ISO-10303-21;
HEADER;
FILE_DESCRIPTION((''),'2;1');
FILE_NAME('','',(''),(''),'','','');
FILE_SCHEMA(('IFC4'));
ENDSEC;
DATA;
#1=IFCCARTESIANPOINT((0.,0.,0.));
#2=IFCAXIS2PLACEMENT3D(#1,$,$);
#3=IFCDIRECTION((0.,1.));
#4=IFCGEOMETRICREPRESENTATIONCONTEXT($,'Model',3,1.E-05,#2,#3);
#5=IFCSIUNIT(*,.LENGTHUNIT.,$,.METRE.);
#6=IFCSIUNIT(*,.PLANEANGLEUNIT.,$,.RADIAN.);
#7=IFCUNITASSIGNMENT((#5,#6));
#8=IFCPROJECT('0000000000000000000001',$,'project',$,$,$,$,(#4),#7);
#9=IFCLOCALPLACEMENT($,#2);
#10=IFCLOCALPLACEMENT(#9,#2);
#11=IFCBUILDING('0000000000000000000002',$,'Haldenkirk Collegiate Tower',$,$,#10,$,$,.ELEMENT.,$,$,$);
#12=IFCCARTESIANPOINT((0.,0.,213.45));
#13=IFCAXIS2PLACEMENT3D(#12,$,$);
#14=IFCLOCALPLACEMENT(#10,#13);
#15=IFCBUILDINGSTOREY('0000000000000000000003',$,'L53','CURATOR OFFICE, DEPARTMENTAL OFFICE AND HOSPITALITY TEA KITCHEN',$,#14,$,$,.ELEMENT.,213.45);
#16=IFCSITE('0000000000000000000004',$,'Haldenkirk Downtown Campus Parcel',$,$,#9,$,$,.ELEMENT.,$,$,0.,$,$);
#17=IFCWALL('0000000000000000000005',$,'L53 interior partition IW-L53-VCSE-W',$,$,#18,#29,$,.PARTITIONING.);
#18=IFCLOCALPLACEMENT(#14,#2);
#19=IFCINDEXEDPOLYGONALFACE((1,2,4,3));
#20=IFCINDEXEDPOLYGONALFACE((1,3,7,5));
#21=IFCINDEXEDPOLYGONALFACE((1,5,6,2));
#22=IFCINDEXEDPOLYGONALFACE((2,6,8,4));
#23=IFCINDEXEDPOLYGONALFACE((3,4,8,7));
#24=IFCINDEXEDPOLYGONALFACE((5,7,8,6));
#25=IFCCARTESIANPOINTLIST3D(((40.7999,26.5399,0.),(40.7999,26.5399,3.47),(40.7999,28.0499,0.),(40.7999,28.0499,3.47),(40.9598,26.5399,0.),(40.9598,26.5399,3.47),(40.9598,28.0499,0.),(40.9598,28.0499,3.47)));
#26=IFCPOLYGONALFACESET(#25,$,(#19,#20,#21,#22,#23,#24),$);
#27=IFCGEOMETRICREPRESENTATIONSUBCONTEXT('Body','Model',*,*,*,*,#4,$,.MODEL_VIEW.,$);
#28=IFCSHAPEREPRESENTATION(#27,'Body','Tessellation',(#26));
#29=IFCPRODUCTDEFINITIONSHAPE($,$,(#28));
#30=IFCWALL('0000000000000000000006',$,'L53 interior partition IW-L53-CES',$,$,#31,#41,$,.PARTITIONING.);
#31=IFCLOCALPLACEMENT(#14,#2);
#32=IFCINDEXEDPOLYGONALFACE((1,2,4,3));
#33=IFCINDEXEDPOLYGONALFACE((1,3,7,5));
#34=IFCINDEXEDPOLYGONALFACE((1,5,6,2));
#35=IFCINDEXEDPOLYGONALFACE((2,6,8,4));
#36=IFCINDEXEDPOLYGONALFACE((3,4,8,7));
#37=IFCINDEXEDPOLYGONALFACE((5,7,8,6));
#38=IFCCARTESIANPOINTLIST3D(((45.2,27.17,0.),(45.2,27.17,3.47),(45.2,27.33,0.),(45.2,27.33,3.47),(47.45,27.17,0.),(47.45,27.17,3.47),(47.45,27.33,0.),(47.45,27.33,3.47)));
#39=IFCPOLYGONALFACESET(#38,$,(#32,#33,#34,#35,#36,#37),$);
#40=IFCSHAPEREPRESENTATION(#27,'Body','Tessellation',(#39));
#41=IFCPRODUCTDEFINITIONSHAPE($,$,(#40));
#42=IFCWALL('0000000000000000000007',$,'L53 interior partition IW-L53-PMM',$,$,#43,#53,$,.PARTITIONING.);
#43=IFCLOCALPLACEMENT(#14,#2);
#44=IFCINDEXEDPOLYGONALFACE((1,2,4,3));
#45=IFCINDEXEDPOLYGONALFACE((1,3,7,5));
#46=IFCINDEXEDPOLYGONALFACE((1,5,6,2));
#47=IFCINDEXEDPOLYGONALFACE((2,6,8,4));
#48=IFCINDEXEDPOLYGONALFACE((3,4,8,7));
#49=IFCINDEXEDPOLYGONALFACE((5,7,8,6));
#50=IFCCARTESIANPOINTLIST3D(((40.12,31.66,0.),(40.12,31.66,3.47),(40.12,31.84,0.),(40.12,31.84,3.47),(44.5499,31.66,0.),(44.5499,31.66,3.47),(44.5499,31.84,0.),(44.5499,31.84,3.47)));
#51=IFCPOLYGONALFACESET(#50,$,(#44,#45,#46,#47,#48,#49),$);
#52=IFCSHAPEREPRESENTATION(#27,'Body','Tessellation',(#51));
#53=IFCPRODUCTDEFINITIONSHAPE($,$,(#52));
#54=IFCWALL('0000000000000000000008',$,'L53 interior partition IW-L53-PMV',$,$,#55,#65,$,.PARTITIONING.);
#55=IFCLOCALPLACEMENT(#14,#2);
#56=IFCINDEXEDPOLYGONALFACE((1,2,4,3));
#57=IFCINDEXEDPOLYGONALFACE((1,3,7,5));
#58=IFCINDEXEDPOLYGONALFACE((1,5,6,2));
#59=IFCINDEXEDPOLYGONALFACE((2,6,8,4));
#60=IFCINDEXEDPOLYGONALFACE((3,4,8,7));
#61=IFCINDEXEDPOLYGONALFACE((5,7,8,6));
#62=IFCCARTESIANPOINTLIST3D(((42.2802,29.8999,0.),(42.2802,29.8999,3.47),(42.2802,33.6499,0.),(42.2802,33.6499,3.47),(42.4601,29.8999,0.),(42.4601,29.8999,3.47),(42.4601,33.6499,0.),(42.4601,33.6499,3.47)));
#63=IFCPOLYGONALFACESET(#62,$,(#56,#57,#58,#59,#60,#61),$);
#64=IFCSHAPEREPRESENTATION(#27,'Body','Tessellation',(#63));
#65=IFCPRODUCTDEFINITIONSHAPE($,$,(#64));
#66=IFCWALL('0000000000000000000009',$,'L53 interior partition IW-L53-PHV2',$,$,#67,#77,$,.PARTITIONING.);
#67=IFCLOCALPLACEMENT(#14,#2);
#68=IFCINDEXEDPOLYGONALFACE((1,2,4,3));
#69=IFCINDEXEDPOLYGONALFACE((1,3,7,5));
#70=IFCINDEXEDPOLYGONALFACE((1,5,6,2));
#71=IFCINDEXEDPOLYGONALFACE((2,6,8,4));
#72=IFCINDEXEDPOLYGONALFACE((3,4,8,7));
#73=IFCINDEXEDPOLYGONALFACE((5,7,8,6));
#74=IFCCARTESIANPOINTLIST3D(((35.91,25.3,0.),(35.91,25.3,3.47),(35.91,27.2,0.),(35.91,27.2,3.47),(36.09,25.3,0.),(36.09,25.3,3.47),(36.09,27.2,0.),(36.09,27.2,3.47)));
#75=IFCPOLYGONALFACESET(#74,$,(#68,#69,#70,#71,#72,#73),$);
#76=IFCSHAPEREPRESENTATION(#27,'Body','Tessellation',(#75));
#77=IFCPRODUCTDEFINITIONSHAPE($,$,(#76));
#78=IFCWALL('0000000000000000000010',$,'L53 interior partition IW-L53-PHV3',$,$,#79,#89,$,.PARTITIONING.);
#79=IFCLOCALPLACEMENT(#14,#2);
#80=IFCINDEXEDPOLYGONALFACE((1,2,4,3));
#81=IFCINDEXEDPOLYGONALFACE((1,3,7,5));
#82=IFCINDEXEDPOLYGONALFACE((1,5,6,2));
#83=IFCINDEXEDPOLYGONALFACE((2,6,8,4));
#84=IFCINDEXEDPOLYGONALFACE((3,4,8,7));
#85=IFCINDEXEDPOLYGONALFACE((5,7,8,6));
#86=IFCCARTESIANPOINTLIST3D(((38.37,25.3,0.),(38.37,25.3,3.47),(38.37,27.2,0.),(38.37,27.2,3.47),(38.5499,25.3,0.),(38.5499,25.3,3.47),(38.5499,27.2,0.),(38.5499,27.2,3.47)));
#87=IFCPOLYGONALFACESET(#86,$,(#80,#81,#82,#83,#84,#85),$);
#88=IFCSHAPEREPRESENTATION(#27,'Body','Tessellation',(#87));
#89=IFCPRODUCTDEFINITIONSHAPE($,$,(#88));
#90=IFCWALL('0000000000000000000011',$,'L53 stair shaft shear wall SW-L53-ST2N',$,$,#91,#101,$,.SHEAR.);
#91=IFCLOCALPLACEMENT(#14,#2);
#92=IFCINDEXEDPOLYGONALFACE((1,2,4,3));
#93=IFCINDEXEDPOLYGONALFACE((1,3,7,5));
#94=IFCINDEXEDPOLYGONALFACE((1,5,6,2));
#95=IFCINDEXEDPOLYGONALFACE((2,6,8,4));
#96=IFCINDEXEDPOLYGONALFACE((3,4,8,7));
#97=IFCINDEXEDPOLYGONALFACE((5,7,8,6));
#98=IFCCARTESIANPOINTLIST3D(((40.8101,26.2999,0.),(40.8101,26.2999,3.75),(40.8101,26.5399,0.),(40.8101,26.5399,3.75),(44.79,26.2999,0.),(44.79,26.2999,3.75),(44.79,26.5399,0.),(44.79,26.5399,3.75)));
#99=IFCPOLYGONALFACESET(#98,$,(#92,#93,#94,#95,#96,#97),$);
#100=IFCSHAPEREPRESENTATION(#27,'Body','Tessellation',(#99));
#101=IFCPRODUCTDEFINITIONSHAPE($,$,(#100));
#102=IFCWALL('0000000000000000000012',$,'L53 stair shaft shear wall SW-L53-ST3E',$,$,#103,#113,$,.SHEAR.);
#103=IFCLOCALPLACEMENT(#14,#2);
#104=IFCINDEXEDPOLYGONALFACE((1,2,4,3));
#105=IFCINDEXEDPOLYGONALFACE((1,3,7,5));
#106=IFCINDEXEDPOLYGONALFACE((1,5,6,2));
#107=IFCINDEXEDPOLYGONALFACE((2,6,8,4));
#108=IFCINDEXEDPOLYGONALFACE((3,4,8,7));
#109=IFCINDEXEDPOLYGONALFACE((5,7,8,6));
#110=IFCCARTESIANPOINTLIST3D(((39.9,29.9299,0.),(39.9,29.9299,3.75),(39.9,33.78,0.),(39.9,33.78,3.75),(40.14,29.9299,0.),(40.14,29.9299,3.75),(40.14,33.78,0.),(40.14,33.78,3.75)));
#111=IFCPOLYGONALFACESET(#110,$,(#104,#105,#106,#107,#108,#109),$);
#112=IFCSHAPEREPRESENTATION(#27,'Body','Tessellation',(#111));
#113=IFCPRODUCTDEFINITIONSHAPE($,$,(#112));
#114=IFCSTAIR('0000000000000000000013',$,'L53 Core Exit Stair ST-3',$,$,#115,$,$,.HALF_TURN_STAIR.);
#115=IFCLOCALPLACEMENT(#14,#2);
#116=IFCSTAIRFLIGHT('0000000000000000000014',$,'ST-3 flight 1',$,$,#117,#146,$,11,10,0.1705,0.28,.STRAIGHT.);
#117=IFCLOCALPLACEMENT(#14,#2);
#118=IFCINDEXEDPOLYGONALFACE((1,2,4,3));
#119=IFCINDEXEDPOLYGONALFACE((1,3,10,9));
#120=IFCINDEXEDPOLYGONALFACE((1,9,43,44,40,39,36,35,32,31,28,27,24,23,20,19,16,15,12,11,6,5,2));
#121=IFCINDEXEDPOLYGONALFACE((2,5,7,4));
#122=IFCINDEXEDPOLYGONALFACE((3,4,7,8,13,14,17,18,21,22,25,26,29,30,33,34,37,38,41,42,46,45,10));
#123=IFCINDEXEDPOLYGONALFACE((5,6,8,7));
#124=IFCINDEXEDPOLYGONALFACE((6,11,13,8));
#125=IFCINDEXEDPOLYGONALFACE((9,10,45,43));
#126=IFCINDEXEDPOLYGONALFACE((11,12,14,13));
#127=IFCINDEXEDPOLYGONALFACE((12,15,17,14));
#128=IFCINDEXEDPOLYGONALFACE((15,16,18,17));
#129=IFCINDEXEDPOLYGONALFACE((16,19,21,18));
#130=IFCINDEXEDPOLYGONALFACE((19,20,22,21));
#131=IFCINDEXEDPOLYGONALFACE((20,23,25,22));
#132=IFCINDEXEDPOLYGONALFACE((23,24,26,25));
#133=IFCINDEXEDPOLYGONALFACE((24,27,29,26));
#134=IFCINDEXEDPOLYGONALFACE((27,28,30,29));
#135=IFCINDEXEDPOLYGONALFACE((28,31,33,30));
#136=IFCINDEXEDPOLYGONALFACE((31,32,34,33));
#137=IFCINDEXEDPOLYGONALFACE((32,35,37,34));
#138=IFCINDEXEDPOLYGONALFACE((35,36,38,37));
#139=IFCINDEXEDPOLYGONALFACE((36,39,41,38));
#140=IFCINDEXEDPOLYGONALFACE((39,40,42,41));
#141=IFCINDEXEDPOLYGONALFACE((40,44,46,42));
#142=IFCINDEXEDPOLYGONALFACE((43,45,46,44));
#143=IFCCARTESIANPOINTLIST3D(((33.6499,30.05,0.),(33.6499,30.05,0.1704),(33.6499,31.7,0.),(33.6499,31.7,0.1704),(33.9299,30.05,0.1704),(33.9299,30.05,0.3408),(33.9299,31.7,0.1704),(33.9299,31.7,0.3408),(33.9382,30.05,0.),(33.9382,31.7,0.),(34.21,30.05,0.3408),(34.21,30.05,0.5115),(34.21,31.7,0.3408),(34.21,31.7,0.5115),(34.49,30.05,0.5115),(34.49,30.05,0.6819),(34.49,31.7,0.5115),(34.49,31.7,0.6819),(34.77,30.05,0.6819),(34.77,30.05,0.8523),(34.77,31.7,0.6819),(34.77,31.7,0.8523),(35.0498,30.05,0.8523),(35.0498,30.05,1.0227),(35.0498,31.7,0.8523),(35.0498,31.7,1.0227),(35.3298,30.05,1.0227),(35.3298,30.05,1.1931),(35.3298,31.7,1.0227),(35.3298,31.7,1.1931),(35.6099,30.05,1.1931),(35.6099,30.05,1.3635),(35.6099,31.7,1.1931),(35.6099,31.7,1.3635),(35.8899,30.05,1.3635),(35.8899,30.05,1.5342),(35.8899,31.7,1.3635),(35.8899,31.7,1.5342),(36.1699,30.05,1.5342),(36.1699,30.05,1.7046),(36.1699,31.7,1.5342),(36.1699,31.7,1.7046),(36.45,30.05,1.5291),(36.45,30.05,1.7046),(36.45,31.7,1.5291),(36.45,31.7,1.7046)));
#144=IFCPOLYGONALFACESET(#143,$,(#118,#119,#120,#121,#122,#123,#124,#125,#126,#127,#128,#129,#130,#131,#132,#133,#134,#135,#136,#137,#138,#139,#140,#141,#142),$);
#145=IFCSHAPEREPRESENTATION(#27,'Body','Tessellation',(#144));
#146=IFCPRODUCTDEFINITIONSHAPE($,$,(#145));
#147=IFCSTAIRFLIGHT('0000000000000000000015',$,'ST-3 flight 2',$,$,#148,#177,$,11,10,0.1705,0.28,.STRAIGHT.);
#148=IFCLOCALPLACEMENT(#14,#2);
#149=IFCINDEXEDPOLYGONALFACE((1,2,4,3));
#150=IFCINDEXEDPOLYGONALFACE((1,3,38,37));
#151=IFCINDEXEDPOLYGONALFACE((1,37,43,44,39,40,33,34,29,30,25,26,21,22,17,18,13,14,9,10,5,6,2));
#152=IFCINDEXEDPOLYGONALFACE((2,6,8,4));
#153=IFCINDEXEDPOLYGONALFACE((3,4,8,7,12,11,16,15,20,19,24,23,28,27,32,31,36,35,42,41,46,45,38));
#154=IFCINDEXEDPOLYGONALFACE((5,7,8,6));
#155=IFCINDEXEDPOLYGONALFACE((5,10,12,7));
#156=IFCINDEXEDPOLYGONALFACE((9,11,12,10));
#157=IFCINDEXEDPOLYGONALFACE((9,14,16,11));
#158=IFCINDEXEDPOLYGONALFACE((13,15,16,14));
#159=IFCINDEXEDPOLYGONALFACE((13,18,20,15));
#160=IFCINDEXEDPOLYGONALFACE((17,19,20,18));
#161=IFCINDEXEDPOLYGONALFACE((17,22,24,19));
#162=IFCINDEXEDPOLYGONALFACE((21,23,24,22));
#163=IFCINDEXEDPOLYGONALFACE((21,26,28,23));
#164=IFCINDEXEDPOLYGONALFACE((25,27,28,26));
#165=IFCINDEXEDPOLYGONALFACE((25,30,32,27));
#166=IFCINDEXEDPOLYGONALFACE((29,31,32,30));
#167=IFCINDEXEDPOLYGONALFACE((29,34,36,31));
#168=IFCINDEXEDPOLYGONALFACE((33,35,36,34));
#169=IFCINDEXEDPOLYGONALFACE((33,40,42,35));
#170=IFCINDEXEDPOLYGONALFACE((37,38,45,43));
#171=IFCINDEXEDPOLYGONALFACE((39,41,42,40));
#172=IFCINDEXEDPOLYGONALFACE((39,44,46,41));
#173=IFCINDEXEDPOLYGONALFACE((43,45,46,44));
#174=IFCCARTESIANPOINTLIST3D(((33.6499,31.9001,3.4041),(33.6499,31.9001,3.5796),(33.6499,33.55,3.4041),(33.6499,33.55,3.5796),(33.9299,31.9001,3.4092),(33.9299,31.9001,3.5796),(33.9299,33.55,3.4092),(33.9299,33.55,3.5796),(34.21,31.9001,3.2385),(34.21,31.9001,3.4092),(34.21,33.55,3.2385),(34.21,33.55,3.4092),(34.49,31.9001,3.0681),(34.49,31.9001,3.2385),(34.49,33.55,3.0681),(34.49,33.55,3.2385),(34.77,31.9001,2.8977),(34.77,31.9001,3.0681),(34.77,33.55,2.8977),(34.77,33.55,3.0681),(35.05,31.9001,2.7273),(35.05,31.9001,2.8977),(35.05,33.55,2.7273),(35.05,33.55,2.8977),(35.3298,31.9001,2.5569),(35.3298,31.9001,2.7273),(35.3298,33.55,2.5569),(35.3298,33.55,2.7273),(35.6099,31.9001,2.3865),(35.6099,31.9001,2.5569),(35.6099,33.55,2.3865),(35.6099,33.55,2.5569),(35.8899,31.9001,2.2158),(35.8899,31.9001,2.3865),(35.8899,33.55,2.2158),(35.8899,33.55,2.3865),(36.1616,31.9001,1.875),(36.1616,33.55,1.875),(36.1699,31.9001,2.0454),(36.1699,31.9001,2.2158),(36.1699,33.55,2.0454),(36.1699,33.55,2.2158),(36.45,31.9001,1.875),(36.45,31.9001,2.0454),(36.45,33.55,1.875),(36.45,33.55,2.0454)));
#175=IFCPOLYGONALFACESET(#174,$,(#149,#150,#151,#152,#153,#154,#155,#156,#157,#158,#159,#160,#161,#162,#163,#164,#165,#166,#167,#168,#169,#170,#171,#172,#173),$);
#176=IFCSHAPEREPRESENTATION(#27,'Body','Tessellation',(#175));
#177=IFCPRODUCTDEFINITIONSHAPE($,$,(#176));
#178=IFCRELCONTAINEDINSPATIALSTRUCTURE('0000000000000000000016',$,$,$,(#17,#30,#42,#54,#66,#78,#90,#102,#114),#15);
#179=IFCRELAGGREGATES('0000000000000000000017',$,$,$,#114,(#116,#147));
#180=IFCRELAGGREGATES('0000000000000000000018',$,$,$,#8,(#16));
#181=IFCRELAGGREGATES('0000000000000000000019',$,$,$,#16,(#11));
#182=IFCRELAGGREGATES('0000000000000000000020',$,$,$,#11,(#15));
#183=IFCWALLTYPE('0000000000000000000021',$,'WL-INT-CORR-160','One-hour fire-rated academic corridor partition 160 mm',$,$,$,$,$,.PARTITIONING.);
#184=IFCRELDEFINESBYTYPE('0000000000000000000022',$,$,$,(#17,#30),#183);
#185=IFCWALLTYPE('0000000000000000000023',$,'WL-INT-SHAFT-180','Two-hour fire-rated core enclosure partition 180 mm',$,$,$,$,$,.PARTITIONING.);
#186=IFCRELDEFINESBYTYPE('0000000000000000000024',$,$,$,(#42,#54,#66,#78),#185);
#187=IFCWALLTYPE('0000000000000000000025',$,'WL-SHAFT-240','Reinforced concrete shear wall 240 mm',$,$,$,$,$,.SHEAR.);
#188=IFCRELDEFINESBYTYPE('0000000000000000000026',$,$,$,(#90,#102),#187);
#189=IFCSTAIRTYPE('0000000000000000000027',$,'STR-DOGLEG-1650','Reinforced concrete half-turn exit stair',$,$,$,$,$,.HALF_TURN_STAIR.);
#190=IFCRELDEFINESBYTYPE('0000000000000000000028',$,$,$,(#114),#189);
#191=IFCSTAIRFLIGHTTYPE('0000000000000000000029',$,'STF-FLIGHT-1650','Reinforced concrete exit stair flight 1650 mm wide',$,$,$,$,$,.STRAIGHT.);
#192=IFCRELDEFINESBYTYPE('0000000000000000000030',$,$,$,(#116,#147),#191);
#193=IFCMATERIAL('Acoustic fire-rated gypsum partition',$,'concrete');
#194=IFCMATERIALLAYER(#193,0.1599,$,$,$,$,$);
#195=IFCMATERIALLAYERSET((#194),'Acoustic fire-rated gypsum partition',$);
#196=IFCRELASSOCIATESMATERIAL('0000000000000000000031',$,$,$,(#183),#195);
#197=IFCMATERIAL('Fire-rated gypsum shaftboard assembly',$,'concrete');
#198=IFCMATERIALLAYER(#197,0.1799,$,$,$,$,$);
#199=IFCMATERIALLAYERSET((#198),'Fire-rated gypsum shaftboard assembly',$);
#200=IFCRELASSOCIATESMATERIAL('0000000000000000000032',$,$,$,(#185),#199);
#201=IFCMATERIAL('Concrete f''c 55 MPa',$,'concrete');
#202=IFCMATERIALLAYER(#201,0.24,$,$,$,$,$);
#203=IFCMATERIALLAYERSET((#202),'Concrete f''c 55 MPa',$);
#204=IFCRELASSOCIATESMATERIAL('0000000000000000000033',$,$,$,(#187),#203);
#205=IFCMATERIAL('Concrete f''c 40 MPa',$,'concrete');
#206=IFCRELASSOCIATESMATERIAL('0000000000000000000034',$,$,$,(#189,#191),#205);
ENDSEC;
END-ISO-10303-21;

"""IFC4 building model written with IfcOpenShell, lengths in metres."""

from ifc_helpers import new_model, si_unit, direction, frame, frame_2d, origin, place, context, subcontext, project, spatial, polyline, rectangle, outline, extrude, material, layer, layer_set, type_object, element, aggregate, save


model = new_model("IFC4")

# Units and contexts
model_context = context("Model", 3, precision=1e-05, world=origin(), true_north=direction((0.0, 1.0)))
body_context = subcontext(model_context, "Body", "Model", "MODEL_VIEW")
ifc_project = project(units=[si_unit("LENGTHUNIT", "METRE"), si_unit("PLANEANGLEUNIT", "RADIAN")], contexts=[model_context])

# Site, building, storey
site_placement = place(None, origin())
site = spatial("IfcSite", under=ifc_project, at=site_placement, Name="Haldenkirk Downtown Campus Parcel", CompositionType="ELEMENT", RefElevation=0.0)
building_placement = place(site_placement, origin())
building = spatial("IfcBuilding", under=site, at=building_placement, Name="Haldenkirk Collegiate Tower", CompositionType="ELEMENT")
storey_placement = place(building_placement, frame((0.0, 0.0, 213.45)))
storey = spatial("IfcBuildingStorey", under=building, at=storey_placement, Name="L53", Description="CURATOR OFFICE, DEPARTMENTAL OFFICE AND HOSPITALITY TEA KITCHEN", CompositionType="ELEMENT", Elevation=213.45)

# Shared definitions
ifc_material_1 = material(Name="Acoustic fire-rated gypsum partition", Category="concrete")
ifc_layer_1 = layer(ifc_material_1, 0.1599)
ifc_layer_set_1 = layer_set([ifc_layer_1], Name="Acoustic fire-rated gypsum partition")
wall_type_1 = type_object("IfcWallType", Name="WL-INT-CORR-160", Description="One-hour fire-rated academic corridor partition 160 mm", PredefinedType="PARTITIONING", material=ifc_layer_set_1)

# Walls
wall_1_placement = place(storey_placement, frame((40.8799, 26.54, 0.0), z_axis=(0.0, 0.0, 1.0), x_axis=(0.0, 1.0, 0.0)))
element("IfcWall", 1, at=wall_1_placement, inside=storey, type_object=wall_type_1, Name="L53 interior partition IW-L53-VCSE-W", PredefinedType="PARTITIONING", context=body_context, shape_type="SweptSolid", body=[
    extrude(rectangle(XDim=1.51, YDim=0.1599, at=frame_2d((0.7549, 0.0))), origin(), (0.0, 0.0, 1.0), 3.47),
])
wall_2_placement = place(storey_placement, frame((45.2, 27.25, 0.0), z_axis=(0.0, 0.0, 1.0), x_axis=(1.0, 0.0, 0.0)))
element("IfcWall", 2, at=wall_2_placement, inside=storey, type_object=wall_type_1, Name="L53 interior partition IW-L53-CES", PredefinedType="PARTITIONING", context=body_context, shape_type="SweptSolid", body=[
    extrude(rectangle(XDim=2.25, YDim=0.1599, at=frame_2d((1.125, 0.0))), origin(), (0.0, 0.0, 1.0), 3.47),
])

# Shared definitions
ifc_material_2 = material(Name="Fire-rated gypsum shaftboard assembly", Category="concrete")
ifc_layer_2 = layer(ifc_material_2, 0.1799)
ifc_layer_set_2 = layer_set([ifc_layer_2], Name="Fire-rated gypsum shaftboard assembly")
wall_type_2 = type_object("IfcWallType", Name="WL-INT-SHAFT-180", Description="Two-hour fire-rated core enclosure partition 180 mm", PredefinedType="PARTITIONING", material=ifc_layer_set_2)

# Walls
wall_3_placement = place(storey_placement, frame((40.1201, 31.75, 0.0), z_axis=(0.0, 0.0, 1.0), x_axis=(1.0, 0.0, 0.0)))
element("IfcWall", 3, at=wall_3_placement, inside=storey, type_object=wall_type_2, Name="L53 interior partition IW-L53-PMM", PredefinedType="PARTITIONING", context=body_context, shape_type="SweptSolid", body=[
    extrude(rectangle(XDim=4.4299, YDim=0.1799, at=frame_2d((2.2148, 0.0))), origin(), (0.0, 0.0, 1.0), 3.47),
])
wall_4_placement = place(storey_placement, frame((42.3701, 29.8999, 0.0), z_axis=(0.0, 0.0, 1.0), x_axis=(0.0, 1.0, 0.0)))
element("IfcWall", 4, at=wall_4_placement, inside=storey, type_object=wall_type_2, Name="L53 interior partition IW-L53-PMV", PredefinedType="PARTITIONING", context=body_context, shape_type="SweptSolid", body=[
    extrude(rectangle(XDim=3.75, YDim=0.1799, at=frame_2d((1.875, 0.0))), origin(), (0.0, 0.0, 1.0), 3.47),
])
for number, where, z_axis, x_axis, name in (
    (5, (36.0, 25.3, 0.0), (0.0, 0.0, 1.0), (0.0, 1.0, 0.0), "L53 interior partition IW-L53-PHV2"),
    (6, (38.46, 25.3, 0.0), (0.0, 0.0, 1.0), (0.0, 1.0, 0.0), "L53 interior partition IW-L53-PHV3"),
):
    element("IfcWall", number, at=place(storey_placement, frame(where, z_axis=z_axis, x_axis=x_axis)), inside=storey, type_object=wall_type_2, Name=name, PredefinedType="PARTITIONING", context=body_context, shape_type="SweptSolid", body=[
        extrude(rectangle(XDim=1.8999, YDim=0.1799, at=frame_2d((0.95, 0.0))), origin(), (0.0, 0.0, 1.0), 3.47),
    ])
ifc_material_3 = material(Name="Concrete f'c 55 MPa", Category="concrete")
ifc_layer_3 = layer(ifc_material_3, 0.24)
ifc_layer_set_3 = layer_set([ifc_layer_3], Name="Concrete f'c 55 MPa")
wall_type_3 = type_object("IfcWallType", Name="WL-SHAFT-240", Description="Reinforced concrete shear wall 240 mm", PredefinedType="SHEAR", material=ifc_layer_set_3)
wall_5_placement = place(storey_placement, frame((40.8101, 26.4199, 0.0), z_axis=(0.0, 0.0, 1.0), x_axis=(1.0, 0.0, 0.0)))
element("IfcWall", 7, at=wall_5_placement, inside=storey, type_object=wall_type_3, Name="L53 stair shaft shear wall SW-L53-ST2N", PredefinedType="SHEAR", context=body_context, shape_type="SweptSolid", body=[
    extrude(rectangle(XDim=3.98, YDim=0.24, at=frame_2d((1.99, 0.0))), origin(), (0.0, 0.0, 1.0), 3.75),
])
wall_6_placement = place(storey_placement, frame((40.02, 29.9299, 0.0), z_axis=(0.0, 0.0, 1.0), x_axis=(0.0, 1.0, 0.0)))
element("IfcWall", 8, at=wall_6_placement, inside=storey, type_object=wall_type_3, Name="L53 stair shaft shear wall SW-L53-ST3E", PredefinedType="SHEAR", context=body_context, shape_type="SweptSolid", body=[
    extrude(rectangle(XDim=3.8501, YDim=0.24, at=frame_2d((1.925, 0.0))), origin(), (0.0, 0.0, 1.0), 3.75),
])

# Stair, stair flights
ifc_material_4 = material(Name="Concrete f'c 40 MPa", Category="concrete")
stair_type = type_object("IfcStairType", Name="STR-DOGLEG-1650", Description="Reinforced concrete half-turn exit stair", PredefinedType="HALF_TURN_STAIR", material=ifc_material_4)
stair_placement = place(storey_placement, origin())
stair = element("IfcStair", 9, at=stair_placement, inside=storey, type_object=stair_type, Name="L53 Core Exit Stair ST-3", PredefinedType="HALF_TURN_STAIR")
stair_flight_type = type_object("IfcStairFlightType", Name="STF-FLIGHT-1650", Description="Reinforced concrete exit stair flight 1650 mm wide", PredefinedType="STRAIGHT", material=ifc_material_4)
stair_flight_1_placement = place(storey_placement, frame((33.6499, 30.875, 0.0), z_axis=(0.0, 0.0, 1.0), x_axis=(1.0, 0.0, 0.0)))
stair_flight_1 = element("IfcStairFlight", 10, at=stair_flight_1_placement, type_object=stair_flight_type, Name="ST-3 flight 1", NumberOfRisers=11, NumberOfTreads=10, PredefinedType="STRAIGHT", RiserHeight=0.1705, TreadLength=0.28, context=body_context, shape_type="SweptSolid", body=[
    extrude(outline(polyline([(0.0, 0.0), (0.0, 0.1704), (0.28, 0.1704), (0.28, 0.3408), (0.5601, 0.3408), (0.5601, 0.5115), (0.8401, 0.5115), (0.8401, 0.6819), (1.1201, 0.6819), (1.1201, 0.8523), (1.3999, 0.8523), (1.3999, 1.0227), (1.6799, 1.0227), (1.6799, 1.1931), (1.96, 1.1931), (1.96, 1.3635), (2.24, 1.3635), (2.24, 1.5342), (2.52, 1.5342), (2.52, 1.7046), (2.8, 1.7046), (2.8, 1.875), (2.8, 1.5291), (0.2883, 0.0), (0.0, 0.0)])), frame((0.0, 0.825, 0.0), z_axis=(0.0, -1.0, 0.0), x_axis=(1.0, 0.0, 0.0)), (0.0, 0.0, 1.0), 1.6499),
])
stair_flight_2_placement = place(storey_placement, frame((36.45, 32.7251, 1.875), z_axis=(0.0, 0.0, 1.0), x_axis=(-1.0, 0.0, 0.0)))
stair_flight_2 = element("IfcStairFlight", 11, at=stair_flight_2_placement, type_object=stair_flight_type, Name="ST-3 flight 2", NumberOfRisers=11, NumberOfTreads=10, PredefinedType="STRAIGHT", RiserHeight=0.1705, TreadLength=0.28, context=body_context, shape_type="SweptSolid", body=[
    extrude(outline(polyline([(0.0, 0.0), (0.0, 0.1704), (0.28, 0.1704), (0.28, 0.3408), (0.5601, 0.3408), (0.5601, 0.5115), (0.8401, 0.5115), (0.8401, 0.6819), (1.1201, 0.6819), (1.1201, 0.8523), (1.3999, 0.8523), (1.3999, 1.0227), (1.6799, 1.0227), (1.6799, 1.1931), (1.96, 1.1931), (1.96, 1.3635), (2.24, 1.3635), (2.24, 1.5342), (2.52, 1.5342), (2.52, 1.7046), (2.8, 1.7046), (2.8, 1.875), (2.8, 1.5291), (0.2883, 0.0), (0.0, 0.0)])), frame((0.0, 0.825, 0.0), z_axis=(0.0, -1.0, 0.0), x_axis=(1.0, 0.0, 0.0)), (0.0, 0.0, 1.0), 1.6499),
])
aggregate(stair, [stair_flight_1, stair_flight_2])

save(model, "model.ifc")
